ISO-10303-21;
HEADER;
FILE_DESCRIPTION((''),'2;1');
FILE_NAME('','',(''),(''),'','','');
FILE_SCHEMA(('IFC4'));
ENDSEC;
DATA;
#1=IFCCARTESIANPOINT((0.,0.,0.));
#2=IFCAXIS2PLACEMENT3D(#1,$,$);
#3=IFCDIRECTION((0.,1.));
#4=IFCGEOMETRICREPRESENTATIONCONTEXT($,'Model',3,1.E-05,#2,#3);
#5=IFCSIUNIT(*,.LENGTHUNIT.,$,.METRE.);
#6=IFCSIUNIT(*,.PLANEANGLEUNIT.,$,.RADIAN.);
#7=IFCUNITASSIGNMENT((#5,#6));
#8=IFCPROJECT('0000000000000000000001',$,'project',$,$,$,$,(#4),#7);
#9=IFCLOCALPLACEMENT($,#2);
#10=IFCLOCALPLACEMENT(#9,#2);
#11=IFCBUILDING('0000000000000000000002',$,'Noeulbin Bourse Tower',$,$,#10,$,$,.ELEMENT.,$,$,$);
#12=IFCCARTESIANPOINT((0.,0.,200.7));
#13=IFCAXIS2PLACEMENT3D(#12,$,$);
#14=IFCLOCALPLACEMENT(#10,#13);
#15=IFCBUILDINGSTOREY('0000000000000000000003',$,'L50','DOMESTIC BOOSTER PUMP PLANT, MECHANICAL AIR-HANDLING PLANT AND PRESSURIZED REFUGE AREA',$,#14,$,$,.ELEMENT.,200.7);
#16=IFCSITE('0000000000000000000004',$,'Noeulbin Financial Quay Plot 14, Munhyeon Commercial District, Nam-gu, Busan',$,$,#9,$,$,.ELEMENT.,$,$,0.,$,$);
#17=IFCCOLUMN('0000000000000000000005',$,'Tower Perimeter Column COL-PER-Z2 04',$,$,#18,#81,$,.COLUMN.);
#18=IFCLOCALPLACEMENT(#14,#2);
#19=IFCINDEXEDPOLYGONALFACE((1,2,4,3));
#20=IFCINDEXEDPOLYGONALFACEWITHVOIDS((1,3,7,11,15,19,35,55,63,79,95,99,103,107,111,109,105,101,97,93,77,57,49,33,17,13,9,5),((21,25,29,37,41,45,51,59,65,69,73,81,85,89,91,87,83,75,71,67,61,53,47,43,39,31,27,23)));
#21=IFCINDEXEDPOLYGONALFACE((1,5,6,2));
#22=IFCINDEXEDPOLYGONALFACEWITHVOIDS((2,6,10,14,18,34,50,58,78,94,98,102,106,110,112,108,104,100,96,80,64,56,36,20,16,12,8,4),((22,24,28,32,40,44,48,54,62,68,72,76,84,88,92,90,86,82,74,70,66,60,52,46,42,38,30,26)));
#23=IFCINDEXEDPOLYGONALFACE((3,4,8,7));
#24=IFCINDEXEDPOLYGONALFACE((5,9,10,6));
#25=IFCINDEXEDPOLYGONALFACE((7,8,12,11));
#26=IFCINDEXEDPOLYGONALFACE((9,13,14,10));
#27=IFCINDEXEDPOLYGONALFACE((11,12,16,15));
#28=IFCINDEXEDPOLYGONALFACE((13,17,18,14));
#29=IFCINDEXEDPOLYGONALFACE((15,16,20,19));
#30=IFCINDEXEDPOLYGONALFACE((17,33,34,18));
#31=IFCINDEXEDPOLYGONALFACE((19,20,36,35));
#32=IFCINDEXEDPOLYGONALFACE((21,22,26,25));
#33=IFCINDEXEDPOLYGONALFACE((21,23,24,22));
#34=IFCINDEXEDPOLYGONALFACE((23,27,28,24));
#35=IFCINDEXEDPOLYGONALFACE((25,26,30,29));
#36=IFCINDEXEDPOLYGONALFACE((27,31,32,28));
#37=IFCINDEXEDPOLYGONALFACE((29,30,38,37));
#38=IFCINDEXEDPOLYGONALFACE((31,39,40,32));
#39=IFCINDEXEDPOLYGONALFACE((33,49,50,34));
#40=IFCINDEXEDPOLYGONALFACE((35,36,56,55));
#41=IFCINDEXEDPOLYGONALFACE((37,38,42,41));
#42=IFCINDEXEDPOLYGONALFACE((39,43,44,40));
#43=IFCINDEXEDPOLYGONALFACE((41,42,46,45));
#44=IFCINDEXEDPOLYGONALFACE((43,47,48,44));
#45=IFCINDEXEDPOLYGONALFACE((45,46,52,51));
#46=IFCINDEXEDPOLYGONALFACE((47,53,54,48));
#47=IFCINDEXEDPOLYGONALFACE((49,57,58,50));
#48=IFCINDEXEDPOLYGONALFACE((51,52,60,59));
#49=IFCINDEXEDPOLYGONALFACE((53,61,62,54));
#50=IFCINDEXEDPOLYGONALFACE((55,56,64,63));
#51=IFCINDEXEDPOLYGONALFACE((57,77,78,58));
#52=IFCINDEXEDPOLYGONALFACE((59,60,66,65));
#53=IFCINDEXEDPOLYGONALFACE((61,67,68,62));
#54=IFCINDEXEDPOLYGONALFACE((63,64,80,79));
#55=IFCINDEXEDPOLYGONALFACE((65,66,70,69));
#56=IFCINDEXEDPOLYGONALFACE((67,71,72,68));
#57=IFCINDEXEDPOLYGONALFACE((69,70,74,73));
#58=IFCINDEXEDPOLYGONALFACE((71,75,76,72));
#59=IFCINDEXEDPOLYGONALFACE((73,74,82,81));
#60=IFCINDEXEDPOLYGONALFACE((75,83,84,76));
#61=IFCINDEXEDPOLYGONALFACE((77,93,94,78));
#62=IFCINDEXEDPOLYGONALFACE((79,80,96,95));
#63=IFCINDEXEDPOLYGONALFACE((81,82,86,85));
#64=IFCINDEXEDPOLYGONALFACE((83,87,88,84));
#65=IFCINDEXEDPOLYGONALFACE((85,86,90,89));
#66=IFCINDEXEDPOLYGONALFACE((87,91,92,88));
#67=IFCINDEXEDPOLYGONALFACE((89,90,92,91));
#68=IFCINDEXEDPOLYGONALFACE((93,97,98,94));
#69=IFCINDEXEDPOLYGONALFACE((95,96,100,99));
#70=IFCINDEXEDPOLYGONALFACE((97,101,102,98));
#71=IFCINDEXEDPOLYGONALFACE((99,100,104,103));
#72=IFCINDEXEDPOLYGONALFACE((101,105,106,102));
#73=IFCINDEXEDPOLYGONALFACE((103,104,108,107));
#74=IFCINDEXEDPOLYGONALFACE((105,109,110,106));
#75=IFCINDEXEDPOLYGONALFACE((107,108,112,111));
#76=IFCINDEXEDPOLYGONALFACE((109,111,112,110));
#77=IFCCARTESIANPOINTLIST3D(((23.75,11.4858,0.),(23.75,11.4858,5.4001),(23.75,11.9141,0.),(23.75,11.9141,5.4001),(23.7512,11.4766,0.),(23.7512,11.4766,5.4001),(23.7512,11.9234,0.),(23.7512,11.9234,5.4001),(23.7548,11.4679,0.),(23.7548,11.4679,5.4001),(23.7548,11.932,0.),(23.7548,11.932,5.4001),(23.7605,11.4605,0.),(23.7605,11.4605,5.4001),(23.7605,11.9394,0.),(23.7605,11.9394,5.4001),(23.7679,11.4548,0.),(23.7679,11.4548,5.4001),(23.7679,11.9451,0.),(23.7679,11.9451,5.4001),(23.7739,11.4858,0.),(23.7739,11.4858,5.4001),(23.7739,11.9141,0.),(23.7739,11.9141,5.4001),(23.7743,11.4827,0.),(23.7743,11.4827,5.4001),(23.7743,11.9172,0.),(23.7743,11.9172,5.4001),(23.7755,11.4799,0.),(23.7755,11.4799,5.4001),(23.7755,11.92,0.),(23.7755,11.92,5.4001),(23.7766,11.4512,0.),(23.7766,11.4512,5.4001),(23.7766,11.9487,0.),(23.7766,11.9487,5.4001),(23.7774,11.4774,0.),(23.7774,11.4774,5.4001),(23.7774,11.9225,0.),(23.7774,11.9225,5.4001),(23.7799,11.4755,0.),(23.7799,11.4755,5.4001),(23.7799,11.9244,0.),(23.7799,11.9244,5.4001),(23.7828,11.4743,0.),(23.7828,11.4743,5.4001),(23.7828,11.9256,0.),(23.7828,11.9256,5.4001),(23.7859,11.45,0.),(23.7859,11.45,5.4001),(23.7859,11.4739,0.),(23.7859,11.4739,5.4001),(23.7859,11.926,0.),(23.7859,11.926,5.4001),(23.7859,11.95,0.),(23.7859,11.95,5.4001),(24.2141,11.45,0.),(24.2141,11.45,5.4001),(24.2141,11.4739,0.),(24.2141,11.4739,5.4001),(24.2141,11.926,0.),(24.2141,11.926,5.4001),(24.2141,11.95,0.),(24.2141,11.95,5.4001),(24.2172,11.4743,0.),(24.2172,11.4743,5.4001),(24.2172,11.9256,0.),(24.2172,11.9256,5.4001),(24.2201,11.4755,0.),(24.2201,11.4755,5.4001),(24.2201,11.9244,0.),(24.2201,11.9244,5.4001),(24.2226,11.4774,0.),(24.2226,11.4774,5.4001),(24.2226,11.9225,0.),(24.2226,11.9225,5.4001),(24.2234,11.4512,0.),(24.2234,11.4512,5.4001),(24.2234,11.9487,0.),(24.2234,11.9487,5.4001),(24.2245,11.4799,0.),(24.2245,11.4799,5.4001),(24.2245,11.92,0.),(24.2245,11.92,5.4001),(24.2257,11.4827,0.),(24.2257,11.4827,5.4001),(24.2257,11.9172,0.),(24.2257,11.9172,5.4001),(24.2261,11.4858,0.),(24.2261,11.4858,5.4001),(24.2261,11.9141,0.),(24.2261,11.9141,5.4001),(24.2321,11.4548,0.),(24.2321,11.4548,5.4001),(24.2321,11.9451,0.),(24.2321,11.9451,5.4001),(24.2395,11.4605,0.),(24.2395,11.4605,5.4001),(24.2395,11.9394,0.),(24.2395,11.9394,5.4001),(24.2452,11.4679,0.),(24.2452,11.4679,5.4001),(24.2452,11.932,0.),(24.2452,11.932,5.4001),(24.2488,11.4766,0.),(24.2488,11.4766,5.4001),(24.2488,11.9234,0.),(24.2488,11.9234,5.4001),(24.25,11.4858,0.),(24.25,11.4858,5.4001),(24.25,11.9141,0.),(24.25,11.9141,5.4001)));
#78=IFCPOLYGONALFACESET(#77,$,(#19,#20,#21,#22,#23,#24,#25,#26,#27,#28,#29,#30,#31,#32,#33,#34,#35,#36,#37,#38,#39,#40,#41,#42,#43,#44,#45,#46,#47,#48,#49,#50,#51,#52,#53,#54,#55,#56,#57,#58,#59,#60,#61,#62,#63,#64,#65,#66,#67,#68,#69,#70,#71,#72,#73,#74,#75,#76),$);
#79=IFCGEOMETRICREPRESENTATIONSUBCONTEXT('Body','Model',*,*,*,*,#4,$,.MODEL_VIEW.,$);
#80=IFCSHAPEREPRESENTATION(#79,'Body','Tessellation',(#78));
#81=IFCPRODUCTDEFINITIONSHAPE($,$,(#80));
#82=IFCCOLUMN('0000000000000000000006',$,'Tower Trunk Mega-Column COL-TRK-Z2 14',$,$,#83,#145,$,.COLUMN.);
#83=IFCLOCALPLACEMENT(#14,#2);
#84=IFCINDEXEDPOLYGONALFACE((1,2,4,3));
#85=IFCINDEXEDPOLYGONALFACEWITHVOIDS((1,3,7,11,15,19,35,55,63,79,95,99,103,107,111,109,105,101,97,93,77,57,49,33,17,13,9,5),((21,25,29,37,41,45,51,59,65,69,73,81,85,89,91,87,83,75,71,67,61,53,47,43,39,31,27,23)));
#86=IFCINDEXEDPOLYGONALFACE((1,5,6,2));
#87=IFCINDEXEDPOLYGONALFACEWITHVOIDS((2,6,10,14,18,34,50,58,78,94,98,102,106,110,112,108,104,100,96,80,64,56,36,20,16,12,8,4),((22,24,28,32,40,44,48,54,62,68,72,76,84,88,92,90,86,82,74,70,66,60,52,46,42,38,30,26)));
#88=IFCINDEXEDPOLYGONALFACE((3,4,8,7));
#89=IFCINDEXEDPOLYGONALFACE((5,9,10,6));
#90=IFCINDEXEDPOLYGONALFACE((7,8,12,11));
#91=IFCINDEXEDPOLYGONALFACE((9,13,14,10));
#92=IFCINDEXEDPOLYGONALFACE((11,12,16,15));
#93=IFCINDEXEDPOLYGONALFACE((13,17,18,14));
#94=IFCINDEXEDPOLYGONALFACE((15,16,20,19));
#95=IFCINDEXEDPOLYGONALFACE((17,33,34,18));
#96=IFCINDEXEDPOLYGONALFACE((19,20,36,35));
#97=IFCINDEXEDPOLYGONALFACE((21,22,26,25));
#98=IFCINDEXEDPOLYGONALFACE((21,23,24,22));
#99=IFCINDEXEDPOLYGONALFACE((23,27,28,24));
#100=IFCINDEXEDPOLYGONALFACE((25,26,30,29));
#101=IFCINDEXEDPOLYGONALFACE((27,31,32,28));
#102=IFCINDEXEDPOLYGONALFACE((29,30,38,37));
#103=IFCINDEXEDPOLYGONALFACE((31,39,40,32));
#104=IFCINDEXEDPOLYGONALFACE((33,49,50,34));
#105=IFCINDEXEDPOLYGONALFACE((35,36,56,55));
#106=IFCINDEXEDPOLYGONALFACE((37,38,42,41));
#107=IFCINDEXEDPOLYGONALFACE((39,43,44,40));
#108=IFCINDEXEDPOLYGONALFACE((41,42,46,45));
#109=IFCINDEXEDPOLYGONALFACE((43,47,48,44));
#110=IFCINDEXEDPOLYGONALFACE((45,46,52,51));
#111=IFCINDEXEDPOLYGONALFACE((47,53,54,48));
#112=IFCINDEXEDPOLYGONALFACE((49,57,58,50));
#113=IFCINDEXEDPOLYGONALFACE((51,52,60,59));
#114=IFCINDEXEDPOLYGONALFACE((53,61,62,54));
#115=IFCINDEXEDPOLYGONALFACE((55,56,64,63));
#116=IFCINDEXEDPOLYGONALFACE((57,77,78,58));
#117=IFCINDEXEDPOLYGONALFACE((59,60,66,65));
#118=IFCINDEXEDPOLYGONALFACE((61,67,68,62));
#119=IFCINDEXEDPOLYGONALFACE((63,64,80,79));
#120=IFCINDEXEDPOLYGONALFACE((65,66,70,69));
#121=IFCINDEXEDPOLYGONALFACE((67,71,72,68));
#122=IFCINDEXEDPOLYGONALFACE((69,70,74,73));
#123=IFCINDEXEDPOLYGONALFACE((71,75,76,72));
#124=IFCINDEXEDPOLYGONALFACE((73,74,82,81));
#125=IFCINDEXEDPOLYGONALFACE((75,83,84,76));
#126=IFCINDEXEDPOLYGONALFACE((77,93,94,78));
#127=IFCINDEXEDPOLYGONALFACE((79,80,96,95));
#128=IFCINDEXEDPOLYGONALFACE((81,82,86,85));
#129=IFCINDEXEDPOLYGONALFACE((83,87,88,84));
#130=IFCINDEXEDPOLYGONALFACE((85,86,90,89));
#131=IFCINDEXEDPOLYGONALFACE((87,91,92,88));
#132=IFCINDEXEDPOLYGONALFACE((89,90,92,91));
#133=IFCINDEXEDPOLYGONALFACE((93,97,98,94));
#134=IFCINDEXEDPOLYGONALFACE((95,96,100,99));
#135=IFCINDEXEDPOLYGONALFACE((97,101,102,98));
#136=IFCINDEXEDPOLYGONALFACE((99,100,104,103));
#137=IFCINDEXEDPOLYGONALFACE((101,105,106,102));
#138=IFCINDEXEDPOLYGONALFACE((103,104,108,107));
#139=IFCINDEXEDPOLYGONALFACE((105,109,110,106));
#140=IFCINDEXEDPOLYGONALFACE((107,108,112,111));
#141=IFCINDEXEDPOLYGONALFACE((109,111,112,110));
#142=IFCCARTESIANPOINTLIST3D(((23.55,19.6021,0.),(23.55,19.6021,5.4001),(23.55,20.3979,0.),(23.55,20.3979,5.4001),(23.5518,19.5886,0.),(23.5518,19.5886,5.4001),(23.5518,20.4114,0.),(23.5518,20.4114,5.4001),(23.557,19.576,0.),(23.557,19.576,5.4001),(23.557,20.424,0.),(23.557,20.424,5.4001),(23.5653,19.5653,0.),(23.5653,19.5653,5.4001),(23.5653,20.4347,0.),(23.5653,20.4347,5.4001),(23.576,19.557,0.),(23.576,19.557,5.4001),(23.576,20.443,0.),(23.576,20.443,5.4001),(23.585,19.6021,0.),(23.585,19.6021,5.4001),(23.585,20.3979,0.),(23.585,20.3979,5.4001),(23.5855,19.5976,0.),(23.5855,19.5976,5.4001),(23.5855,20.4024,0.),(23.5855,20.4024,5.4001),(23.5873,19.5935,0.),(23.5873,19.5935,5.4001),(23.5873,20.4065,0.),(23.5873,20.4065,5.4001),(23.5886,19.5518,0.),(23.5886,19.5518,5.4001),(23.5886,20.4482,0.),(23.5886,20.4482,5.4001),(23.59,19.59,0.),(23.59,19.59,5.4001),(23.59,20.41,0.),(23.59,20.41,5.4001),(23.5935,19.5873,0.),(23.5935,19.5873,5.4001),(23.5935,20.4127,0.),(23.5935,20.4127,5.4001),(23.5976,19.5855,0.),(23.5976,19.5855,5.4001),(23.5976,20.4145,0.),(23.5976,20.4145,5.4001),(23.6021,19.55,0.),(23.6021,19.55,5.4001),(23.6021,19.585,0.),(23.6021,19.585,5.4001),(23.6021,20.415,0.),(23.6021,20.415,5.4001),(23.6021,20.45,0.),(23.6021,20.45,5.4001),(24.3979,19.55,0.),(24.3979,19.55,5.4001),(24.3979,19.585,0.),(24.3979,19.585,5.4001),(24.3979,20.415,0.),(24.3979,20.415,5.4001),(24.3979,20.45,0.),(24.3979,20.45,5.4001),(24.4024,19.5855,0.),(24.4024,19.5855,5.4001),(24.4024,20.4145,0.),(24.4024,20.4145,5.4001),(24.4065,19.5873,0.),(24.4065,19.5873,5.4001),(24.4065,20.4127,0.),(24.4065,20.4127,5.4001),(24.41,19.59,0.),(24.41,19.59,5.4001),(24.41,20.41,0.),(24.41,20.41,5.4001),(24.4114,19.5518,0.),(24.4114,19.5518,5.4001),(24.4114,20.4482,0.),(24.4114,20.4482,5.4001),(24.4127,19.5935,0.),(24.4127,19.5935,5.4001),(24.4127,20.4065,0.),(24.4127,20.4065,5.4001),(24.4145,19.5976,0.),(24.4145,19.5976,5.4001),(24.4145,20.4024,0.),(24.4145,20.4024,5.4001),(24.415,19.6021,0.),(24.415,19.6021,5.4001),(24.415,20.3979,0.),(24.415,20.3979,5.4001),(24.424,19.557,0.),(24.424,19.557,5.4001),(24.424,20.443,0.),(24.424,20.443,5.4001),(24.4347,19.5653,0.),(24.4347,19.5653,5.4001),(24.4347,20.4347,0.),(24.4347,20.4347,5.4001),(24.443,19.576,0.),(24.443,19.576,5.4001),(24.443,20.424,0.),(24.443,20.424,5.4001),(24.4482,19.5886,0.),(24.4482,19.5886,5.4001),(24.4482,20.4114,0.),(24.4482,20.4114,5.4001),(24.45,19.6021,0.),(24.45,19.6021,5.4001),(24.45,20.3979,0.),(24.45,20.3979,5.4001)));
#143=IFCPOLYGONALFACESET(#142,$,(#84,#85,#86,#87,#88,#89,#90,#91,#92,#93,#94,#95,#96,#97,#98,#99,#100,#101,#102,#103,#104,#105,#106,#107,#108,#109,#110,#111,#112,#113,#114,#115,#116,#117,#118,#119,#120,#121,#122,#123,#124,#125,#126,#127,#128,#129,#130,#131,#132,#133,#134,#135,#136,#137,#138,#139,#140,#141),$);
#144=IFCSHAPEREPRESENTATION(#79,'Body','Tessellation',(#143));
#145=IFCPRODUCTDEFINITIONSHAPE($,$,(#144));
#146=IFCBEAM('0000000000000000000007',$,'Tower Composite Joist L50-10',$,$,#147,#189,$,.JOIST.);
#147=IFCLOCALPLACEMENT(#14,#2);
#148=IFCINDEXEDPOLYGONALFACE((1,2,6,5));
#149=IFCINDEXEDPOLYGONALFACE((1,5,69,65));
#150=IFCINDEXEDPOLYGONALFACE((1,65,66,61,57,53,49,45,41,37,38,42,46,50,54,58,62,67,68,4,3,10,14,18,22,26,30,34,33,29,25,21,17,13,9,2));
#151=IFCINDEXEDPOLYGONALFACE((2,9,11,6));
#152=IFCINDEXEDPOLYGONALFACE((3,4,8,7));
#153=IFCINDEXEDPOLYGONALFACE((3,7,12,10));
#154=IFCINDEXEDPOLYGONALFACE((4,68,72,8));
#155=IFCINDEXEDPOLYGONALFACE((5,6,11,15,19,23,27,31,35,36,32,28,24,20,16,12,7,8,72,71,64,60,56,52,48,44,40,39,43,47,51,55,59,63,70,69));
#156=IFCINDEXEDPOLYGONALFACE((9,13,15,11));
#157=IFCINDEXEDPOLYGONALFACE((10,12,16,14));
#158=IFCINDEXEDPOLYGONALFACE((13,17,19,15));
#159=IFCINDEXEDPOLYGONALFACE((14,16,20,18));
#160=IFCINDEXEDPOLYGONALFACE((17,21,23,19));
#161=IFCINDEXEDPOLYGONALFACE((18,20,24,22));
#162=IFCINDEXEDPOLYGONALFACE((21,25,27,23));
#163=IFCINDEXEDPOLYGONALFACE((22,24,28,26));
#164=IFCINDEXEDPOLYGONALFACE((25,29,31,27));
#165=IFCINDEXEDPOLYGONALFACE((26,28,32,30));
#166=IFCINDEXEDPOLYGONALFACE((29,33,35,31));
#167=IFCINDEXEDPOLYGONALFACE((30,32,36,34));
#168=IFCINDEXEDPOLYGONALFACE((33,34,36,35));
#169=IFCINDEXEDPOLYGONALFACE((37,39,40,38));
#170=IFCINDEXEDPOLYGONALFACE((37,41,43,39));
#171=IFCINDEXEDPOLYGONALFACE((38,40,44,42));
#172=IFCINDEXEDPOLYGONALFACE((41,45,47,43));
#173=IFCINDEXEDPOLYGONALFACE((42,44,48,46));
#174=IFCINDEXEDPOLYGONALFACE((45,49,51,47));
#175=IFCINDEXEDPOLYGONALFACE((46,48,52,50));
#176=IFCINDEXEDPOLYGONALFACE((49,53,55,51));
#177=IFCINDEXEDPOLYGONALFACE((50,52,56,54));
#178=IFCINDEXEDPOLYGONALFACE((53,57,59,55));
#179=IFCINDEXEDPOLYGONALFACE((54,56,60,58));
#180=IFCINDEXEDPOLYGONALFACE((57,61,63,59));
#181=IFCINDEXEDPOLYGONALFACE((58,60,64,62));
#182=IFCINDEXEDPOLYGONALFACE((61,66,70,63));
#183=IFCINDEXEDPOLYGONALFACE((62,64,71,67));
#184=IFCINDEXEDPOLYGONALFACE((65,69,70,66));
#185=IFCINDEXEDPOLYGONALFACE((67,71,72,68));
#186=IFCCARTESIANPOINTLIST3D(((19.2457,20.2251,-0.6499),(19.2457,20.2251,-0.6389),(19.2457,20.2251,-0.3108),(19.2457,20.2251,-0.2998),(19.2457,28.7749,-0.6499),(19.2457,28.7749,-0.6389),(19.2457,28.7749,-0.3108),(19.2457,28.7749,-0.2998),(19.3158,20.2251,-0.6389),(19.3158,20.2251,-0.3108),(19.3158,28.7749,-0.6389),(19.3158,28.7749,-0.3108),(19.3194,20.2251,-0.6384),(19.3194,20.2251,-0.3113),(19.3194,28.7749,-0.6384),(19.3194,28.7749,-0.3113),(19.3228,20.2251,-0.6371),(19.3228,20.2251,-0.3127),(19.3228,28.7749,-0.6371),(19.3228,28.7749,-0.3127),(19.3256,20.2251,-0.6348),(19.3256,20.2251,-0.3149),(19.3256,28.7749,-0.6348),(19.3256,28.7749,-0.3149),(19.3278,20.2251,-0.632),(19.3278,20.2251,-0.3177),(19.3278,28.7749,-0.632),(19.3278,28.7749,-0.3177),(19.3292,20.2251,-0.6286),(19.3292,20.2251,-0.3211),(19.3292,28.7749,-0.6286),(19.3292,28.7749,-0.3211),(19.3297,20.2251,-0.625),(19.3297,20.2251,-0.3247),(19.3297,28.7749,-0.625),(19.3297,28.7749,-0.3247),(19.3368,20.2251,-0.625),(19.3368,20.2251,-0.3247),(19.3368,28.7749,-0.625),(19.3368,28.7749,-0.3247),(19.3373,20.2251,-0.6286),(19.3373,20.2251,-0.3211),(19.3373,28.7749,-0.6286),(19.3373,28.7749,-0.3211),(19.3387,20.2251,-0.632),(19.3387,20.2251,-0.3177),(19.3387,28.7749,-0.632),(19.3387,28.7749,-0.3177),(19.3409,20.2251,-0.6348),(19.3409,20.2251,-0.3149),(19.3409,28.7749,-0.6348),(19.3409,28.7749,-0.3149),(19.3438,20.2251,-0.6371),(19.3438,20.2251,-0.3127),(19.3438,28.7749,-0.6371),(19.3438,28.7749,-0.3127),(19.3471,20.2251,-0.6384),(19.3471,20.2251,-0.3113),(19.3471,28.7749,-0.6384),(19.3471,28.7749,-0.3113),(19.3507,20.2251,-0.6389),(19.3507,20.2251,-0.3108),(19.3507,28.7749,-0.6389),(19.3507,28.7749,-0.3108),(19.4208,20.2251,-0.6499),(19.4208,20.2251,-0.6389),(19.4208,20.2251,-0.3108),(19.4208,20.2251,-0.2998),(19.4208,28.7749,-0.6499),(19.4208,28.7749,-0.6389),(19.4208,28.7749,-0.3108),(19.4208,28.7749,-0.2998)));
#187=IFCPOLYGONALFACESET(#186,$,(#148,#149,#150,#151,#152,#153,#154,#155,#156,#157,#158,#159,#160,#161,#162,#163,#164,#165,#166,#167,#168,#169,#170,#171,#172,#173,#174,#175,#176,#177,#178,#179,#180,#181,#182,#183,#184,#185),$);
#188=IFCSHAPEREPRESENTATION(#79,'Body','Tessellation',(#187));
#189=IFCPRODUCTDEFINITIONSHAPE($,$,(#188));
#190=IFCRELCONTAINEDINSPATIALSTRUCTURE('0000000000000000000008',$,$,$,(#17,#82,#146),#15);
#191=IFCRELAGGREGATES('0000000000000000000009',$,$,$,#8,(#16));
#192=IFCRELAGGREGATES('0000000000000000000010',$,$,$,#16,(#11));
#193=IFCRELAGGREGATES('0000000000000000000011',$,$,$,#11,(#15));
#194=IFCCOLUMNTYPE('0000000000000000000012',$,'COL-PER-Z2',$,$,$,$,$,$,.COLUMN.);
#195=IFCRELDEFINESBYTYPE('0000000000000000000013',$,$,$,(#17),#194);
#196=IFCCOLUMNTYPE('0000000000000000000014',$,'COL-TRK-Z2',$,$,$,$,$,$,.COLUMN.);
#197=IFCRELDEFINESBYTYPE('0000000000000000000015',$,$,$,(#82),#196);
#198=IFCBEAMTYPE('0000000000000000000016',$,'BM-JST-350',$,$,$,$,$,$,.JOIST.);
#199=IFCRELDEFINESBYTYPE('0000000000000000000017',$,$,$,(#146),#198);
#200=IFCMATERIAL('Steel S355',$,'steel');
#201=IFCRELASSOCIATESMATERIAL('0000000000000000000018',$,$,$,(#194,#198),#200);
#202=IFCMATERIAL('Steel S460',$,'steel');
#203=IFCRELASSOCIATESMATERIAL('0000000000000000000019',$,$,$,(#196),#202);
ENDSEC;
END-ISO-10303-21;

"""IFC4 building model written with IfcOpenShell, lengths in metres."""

from ifc_helpers import new_model, si_unit, direction, frame, origin, origin_2d, place, context, subcontext, project, spatial, hollow_rectangle, i_section, extrude, material, material_profile, profile_set, type_object, element, save


model = new_model("IFC4")

# Units and contexts
model_context = context("Model", 3, precision=1e-05, world=origin(), true_north=direction((0.0, 1.0)))
body_context = subcontext(model_context, "Body", "Model", "MODEL_VIEW")
ifc_project = project(units=[si_unit("LENGTHUNIT", "METRE"), si_unit("PLANEANGLEUNIT", "RADIAN")], contexts=[model_context])

# Site, building, storey
site_placement = place(None, origin())
site = spatial("IfcSite", under=ifc_project, at=site_placement, Name="Noeulbin Financial Quay Plot 14, Munhyeon Commercial District, Nam-gu, Busan", CompositionType="ELEMENT", RefElevation=0.0)
building_placement = place(site_placement, origin())
building = spatial("IfcBuilding", under=site, at=building_placement, Name="Noeulbin Bourse Tower", CompositionType="ELEMENT")
storey_placement = place(building_placement, frame((0.0, 0.0, 200.7)))
storey = spatial("IfcBuildingStorey", under=building, at=storey_placement, Name="L50", Description="DOMESTIC BOOSTER PUMP PLANT, MECHANICAL AIR-HANDLING PLANT AND PRESSURIZED REFUGE AREA", CompositionType="ELEMENT", Elevation=200.7)

# Columns
ifc_material_1 = material(Name="Steel S355", Category="steel")
ifc_material_profile_1 = material_profile(ifc_material_1, hollow_rectangle(XDim=0.5, YDim=0.5, WallThickness=0.0239, InnerFilletRadius=0.012, OuterFilletRadius=0.0359, at=origin_2d()), Name="BOX-500x500x24", Category="LoadBearing")
ifc_profile_set_1 = profile_set([ifc_material_profile_1], Name="Steel S355")
column_type_1 = type_object("IfcColumnType", Name="COL-PER-Z2", PredefinedType="COLUMN", material=ifc_profile_set_1)
column_1_placement = place(storey_placement, frame((24.0, 11.7, 0.0), z_axis=(0.0, 0.0, 1.0), x_axis=(1.0, 0.0, 0.0)))
element("IfcColumn", 1, at=column_1_placement, inside=storey, type_object=column_type_1, Name="Tower Perimeter Column COL-PER-Z2 04", PredefinedType="COLUMN", context=body_context, shape_type="SweptSolid", body=[
    extrude(hollow_rectangle(XDim=0.5, YDim=0.5, WallThickness=0.0239, InnerFilletRadius=0.012, OuterFilletRadius=0.0359, at=origin_2d()), origin(), (0.0, 0.0, 1.0), 5.4001),
])
ifc_material_2 = material(Name="Steel S460", Category="steel")
ifc_material_profile_2 = material_profile(ifc_material_2, hollow_rectangle(XDim=0.8999, YDim=0.8999, WallThickness=0.0349, InnerFilletRadius=0.0171, OuterFilletRadius=0.052, at=origin_2d()), Name="BOX-900x900x35", Category="LoadBearing")
ifc_profile_set_2 = profile_set([ifc_material_profile_2], Name="Steel S460")
column_type_2 = type_object("IfcColumnType", Name="COL-TRK-Z2", PredefinedType="COLUMN", material=ifc_profile_set_2)
column_2_placement = place(storey_placement, frame((24.0, 20.0, 0.0), z_axis=(0.0, 0.0, 1.0), x_axis=(1.0, 0.0, 0.0)))
element("IfcColumn", 2, at=column_2_placement, inside=storey, type_object=column_type_2, Name="Tower Trunk Mega-Column COL-TRK-Z2 14", PredefinedType="COLUMN", context=body_context, shape_type="SweptSolid", body=[
    extrude(hollow_rectangle(XDim=0.8999, YDim=0.8999, WallThickness=0.0349, InnerFilletRadius=0.0171, OuterFilletRadius=0.052, at=origin_2d()), origin(), (0.0, 0.0, 1.0), 5.4001),
])

# Beam
ifc_material_profile_3 = material_profile(ifc_material_1, i_section(OverallWidth=0.175, OverallDepth=0.3501, WebThickness=0.0071, FlangeThickness=0.011, FilletRadius=0.0139, at=origin_2d()), Name="H-350x175x7x11", Category="LoadBearing")
ifc_profile_set_3 = profile_set([ifc_material_profile_3], Name="Steel S355")
beam_type_1 = type_object("IfcBeamType", Name="BM-JST-350", PredefinedType="JOIST", material=ifc_profile_set_3)
beam_1_placement = place(storey_placement, frame((19.3333, 20.2251, -0.4749), z_axis=(0.0, 1.0, 0.0), x_axis=(-1.0, 0.0, 0.0)))
element("IfcBeam", 3, at=beam_1_placement, inside=storey, type_object=beam_type_1, Name="Tower Composite Joist L50-10", PredefinedType="JOIST", context=body_context, shape_type="SweptSolid", body=[
    extrude(i_section(OverallWidth=0.175, OverallDepth=0.3501, WebThickness=0.0071, FlangeThickness=0.011, FilletRadius=0.0139, at=origin_2d()), origin(), (0.0, 0.0, 1.0), 8.5498),
])

save(model, "model.ifc")
